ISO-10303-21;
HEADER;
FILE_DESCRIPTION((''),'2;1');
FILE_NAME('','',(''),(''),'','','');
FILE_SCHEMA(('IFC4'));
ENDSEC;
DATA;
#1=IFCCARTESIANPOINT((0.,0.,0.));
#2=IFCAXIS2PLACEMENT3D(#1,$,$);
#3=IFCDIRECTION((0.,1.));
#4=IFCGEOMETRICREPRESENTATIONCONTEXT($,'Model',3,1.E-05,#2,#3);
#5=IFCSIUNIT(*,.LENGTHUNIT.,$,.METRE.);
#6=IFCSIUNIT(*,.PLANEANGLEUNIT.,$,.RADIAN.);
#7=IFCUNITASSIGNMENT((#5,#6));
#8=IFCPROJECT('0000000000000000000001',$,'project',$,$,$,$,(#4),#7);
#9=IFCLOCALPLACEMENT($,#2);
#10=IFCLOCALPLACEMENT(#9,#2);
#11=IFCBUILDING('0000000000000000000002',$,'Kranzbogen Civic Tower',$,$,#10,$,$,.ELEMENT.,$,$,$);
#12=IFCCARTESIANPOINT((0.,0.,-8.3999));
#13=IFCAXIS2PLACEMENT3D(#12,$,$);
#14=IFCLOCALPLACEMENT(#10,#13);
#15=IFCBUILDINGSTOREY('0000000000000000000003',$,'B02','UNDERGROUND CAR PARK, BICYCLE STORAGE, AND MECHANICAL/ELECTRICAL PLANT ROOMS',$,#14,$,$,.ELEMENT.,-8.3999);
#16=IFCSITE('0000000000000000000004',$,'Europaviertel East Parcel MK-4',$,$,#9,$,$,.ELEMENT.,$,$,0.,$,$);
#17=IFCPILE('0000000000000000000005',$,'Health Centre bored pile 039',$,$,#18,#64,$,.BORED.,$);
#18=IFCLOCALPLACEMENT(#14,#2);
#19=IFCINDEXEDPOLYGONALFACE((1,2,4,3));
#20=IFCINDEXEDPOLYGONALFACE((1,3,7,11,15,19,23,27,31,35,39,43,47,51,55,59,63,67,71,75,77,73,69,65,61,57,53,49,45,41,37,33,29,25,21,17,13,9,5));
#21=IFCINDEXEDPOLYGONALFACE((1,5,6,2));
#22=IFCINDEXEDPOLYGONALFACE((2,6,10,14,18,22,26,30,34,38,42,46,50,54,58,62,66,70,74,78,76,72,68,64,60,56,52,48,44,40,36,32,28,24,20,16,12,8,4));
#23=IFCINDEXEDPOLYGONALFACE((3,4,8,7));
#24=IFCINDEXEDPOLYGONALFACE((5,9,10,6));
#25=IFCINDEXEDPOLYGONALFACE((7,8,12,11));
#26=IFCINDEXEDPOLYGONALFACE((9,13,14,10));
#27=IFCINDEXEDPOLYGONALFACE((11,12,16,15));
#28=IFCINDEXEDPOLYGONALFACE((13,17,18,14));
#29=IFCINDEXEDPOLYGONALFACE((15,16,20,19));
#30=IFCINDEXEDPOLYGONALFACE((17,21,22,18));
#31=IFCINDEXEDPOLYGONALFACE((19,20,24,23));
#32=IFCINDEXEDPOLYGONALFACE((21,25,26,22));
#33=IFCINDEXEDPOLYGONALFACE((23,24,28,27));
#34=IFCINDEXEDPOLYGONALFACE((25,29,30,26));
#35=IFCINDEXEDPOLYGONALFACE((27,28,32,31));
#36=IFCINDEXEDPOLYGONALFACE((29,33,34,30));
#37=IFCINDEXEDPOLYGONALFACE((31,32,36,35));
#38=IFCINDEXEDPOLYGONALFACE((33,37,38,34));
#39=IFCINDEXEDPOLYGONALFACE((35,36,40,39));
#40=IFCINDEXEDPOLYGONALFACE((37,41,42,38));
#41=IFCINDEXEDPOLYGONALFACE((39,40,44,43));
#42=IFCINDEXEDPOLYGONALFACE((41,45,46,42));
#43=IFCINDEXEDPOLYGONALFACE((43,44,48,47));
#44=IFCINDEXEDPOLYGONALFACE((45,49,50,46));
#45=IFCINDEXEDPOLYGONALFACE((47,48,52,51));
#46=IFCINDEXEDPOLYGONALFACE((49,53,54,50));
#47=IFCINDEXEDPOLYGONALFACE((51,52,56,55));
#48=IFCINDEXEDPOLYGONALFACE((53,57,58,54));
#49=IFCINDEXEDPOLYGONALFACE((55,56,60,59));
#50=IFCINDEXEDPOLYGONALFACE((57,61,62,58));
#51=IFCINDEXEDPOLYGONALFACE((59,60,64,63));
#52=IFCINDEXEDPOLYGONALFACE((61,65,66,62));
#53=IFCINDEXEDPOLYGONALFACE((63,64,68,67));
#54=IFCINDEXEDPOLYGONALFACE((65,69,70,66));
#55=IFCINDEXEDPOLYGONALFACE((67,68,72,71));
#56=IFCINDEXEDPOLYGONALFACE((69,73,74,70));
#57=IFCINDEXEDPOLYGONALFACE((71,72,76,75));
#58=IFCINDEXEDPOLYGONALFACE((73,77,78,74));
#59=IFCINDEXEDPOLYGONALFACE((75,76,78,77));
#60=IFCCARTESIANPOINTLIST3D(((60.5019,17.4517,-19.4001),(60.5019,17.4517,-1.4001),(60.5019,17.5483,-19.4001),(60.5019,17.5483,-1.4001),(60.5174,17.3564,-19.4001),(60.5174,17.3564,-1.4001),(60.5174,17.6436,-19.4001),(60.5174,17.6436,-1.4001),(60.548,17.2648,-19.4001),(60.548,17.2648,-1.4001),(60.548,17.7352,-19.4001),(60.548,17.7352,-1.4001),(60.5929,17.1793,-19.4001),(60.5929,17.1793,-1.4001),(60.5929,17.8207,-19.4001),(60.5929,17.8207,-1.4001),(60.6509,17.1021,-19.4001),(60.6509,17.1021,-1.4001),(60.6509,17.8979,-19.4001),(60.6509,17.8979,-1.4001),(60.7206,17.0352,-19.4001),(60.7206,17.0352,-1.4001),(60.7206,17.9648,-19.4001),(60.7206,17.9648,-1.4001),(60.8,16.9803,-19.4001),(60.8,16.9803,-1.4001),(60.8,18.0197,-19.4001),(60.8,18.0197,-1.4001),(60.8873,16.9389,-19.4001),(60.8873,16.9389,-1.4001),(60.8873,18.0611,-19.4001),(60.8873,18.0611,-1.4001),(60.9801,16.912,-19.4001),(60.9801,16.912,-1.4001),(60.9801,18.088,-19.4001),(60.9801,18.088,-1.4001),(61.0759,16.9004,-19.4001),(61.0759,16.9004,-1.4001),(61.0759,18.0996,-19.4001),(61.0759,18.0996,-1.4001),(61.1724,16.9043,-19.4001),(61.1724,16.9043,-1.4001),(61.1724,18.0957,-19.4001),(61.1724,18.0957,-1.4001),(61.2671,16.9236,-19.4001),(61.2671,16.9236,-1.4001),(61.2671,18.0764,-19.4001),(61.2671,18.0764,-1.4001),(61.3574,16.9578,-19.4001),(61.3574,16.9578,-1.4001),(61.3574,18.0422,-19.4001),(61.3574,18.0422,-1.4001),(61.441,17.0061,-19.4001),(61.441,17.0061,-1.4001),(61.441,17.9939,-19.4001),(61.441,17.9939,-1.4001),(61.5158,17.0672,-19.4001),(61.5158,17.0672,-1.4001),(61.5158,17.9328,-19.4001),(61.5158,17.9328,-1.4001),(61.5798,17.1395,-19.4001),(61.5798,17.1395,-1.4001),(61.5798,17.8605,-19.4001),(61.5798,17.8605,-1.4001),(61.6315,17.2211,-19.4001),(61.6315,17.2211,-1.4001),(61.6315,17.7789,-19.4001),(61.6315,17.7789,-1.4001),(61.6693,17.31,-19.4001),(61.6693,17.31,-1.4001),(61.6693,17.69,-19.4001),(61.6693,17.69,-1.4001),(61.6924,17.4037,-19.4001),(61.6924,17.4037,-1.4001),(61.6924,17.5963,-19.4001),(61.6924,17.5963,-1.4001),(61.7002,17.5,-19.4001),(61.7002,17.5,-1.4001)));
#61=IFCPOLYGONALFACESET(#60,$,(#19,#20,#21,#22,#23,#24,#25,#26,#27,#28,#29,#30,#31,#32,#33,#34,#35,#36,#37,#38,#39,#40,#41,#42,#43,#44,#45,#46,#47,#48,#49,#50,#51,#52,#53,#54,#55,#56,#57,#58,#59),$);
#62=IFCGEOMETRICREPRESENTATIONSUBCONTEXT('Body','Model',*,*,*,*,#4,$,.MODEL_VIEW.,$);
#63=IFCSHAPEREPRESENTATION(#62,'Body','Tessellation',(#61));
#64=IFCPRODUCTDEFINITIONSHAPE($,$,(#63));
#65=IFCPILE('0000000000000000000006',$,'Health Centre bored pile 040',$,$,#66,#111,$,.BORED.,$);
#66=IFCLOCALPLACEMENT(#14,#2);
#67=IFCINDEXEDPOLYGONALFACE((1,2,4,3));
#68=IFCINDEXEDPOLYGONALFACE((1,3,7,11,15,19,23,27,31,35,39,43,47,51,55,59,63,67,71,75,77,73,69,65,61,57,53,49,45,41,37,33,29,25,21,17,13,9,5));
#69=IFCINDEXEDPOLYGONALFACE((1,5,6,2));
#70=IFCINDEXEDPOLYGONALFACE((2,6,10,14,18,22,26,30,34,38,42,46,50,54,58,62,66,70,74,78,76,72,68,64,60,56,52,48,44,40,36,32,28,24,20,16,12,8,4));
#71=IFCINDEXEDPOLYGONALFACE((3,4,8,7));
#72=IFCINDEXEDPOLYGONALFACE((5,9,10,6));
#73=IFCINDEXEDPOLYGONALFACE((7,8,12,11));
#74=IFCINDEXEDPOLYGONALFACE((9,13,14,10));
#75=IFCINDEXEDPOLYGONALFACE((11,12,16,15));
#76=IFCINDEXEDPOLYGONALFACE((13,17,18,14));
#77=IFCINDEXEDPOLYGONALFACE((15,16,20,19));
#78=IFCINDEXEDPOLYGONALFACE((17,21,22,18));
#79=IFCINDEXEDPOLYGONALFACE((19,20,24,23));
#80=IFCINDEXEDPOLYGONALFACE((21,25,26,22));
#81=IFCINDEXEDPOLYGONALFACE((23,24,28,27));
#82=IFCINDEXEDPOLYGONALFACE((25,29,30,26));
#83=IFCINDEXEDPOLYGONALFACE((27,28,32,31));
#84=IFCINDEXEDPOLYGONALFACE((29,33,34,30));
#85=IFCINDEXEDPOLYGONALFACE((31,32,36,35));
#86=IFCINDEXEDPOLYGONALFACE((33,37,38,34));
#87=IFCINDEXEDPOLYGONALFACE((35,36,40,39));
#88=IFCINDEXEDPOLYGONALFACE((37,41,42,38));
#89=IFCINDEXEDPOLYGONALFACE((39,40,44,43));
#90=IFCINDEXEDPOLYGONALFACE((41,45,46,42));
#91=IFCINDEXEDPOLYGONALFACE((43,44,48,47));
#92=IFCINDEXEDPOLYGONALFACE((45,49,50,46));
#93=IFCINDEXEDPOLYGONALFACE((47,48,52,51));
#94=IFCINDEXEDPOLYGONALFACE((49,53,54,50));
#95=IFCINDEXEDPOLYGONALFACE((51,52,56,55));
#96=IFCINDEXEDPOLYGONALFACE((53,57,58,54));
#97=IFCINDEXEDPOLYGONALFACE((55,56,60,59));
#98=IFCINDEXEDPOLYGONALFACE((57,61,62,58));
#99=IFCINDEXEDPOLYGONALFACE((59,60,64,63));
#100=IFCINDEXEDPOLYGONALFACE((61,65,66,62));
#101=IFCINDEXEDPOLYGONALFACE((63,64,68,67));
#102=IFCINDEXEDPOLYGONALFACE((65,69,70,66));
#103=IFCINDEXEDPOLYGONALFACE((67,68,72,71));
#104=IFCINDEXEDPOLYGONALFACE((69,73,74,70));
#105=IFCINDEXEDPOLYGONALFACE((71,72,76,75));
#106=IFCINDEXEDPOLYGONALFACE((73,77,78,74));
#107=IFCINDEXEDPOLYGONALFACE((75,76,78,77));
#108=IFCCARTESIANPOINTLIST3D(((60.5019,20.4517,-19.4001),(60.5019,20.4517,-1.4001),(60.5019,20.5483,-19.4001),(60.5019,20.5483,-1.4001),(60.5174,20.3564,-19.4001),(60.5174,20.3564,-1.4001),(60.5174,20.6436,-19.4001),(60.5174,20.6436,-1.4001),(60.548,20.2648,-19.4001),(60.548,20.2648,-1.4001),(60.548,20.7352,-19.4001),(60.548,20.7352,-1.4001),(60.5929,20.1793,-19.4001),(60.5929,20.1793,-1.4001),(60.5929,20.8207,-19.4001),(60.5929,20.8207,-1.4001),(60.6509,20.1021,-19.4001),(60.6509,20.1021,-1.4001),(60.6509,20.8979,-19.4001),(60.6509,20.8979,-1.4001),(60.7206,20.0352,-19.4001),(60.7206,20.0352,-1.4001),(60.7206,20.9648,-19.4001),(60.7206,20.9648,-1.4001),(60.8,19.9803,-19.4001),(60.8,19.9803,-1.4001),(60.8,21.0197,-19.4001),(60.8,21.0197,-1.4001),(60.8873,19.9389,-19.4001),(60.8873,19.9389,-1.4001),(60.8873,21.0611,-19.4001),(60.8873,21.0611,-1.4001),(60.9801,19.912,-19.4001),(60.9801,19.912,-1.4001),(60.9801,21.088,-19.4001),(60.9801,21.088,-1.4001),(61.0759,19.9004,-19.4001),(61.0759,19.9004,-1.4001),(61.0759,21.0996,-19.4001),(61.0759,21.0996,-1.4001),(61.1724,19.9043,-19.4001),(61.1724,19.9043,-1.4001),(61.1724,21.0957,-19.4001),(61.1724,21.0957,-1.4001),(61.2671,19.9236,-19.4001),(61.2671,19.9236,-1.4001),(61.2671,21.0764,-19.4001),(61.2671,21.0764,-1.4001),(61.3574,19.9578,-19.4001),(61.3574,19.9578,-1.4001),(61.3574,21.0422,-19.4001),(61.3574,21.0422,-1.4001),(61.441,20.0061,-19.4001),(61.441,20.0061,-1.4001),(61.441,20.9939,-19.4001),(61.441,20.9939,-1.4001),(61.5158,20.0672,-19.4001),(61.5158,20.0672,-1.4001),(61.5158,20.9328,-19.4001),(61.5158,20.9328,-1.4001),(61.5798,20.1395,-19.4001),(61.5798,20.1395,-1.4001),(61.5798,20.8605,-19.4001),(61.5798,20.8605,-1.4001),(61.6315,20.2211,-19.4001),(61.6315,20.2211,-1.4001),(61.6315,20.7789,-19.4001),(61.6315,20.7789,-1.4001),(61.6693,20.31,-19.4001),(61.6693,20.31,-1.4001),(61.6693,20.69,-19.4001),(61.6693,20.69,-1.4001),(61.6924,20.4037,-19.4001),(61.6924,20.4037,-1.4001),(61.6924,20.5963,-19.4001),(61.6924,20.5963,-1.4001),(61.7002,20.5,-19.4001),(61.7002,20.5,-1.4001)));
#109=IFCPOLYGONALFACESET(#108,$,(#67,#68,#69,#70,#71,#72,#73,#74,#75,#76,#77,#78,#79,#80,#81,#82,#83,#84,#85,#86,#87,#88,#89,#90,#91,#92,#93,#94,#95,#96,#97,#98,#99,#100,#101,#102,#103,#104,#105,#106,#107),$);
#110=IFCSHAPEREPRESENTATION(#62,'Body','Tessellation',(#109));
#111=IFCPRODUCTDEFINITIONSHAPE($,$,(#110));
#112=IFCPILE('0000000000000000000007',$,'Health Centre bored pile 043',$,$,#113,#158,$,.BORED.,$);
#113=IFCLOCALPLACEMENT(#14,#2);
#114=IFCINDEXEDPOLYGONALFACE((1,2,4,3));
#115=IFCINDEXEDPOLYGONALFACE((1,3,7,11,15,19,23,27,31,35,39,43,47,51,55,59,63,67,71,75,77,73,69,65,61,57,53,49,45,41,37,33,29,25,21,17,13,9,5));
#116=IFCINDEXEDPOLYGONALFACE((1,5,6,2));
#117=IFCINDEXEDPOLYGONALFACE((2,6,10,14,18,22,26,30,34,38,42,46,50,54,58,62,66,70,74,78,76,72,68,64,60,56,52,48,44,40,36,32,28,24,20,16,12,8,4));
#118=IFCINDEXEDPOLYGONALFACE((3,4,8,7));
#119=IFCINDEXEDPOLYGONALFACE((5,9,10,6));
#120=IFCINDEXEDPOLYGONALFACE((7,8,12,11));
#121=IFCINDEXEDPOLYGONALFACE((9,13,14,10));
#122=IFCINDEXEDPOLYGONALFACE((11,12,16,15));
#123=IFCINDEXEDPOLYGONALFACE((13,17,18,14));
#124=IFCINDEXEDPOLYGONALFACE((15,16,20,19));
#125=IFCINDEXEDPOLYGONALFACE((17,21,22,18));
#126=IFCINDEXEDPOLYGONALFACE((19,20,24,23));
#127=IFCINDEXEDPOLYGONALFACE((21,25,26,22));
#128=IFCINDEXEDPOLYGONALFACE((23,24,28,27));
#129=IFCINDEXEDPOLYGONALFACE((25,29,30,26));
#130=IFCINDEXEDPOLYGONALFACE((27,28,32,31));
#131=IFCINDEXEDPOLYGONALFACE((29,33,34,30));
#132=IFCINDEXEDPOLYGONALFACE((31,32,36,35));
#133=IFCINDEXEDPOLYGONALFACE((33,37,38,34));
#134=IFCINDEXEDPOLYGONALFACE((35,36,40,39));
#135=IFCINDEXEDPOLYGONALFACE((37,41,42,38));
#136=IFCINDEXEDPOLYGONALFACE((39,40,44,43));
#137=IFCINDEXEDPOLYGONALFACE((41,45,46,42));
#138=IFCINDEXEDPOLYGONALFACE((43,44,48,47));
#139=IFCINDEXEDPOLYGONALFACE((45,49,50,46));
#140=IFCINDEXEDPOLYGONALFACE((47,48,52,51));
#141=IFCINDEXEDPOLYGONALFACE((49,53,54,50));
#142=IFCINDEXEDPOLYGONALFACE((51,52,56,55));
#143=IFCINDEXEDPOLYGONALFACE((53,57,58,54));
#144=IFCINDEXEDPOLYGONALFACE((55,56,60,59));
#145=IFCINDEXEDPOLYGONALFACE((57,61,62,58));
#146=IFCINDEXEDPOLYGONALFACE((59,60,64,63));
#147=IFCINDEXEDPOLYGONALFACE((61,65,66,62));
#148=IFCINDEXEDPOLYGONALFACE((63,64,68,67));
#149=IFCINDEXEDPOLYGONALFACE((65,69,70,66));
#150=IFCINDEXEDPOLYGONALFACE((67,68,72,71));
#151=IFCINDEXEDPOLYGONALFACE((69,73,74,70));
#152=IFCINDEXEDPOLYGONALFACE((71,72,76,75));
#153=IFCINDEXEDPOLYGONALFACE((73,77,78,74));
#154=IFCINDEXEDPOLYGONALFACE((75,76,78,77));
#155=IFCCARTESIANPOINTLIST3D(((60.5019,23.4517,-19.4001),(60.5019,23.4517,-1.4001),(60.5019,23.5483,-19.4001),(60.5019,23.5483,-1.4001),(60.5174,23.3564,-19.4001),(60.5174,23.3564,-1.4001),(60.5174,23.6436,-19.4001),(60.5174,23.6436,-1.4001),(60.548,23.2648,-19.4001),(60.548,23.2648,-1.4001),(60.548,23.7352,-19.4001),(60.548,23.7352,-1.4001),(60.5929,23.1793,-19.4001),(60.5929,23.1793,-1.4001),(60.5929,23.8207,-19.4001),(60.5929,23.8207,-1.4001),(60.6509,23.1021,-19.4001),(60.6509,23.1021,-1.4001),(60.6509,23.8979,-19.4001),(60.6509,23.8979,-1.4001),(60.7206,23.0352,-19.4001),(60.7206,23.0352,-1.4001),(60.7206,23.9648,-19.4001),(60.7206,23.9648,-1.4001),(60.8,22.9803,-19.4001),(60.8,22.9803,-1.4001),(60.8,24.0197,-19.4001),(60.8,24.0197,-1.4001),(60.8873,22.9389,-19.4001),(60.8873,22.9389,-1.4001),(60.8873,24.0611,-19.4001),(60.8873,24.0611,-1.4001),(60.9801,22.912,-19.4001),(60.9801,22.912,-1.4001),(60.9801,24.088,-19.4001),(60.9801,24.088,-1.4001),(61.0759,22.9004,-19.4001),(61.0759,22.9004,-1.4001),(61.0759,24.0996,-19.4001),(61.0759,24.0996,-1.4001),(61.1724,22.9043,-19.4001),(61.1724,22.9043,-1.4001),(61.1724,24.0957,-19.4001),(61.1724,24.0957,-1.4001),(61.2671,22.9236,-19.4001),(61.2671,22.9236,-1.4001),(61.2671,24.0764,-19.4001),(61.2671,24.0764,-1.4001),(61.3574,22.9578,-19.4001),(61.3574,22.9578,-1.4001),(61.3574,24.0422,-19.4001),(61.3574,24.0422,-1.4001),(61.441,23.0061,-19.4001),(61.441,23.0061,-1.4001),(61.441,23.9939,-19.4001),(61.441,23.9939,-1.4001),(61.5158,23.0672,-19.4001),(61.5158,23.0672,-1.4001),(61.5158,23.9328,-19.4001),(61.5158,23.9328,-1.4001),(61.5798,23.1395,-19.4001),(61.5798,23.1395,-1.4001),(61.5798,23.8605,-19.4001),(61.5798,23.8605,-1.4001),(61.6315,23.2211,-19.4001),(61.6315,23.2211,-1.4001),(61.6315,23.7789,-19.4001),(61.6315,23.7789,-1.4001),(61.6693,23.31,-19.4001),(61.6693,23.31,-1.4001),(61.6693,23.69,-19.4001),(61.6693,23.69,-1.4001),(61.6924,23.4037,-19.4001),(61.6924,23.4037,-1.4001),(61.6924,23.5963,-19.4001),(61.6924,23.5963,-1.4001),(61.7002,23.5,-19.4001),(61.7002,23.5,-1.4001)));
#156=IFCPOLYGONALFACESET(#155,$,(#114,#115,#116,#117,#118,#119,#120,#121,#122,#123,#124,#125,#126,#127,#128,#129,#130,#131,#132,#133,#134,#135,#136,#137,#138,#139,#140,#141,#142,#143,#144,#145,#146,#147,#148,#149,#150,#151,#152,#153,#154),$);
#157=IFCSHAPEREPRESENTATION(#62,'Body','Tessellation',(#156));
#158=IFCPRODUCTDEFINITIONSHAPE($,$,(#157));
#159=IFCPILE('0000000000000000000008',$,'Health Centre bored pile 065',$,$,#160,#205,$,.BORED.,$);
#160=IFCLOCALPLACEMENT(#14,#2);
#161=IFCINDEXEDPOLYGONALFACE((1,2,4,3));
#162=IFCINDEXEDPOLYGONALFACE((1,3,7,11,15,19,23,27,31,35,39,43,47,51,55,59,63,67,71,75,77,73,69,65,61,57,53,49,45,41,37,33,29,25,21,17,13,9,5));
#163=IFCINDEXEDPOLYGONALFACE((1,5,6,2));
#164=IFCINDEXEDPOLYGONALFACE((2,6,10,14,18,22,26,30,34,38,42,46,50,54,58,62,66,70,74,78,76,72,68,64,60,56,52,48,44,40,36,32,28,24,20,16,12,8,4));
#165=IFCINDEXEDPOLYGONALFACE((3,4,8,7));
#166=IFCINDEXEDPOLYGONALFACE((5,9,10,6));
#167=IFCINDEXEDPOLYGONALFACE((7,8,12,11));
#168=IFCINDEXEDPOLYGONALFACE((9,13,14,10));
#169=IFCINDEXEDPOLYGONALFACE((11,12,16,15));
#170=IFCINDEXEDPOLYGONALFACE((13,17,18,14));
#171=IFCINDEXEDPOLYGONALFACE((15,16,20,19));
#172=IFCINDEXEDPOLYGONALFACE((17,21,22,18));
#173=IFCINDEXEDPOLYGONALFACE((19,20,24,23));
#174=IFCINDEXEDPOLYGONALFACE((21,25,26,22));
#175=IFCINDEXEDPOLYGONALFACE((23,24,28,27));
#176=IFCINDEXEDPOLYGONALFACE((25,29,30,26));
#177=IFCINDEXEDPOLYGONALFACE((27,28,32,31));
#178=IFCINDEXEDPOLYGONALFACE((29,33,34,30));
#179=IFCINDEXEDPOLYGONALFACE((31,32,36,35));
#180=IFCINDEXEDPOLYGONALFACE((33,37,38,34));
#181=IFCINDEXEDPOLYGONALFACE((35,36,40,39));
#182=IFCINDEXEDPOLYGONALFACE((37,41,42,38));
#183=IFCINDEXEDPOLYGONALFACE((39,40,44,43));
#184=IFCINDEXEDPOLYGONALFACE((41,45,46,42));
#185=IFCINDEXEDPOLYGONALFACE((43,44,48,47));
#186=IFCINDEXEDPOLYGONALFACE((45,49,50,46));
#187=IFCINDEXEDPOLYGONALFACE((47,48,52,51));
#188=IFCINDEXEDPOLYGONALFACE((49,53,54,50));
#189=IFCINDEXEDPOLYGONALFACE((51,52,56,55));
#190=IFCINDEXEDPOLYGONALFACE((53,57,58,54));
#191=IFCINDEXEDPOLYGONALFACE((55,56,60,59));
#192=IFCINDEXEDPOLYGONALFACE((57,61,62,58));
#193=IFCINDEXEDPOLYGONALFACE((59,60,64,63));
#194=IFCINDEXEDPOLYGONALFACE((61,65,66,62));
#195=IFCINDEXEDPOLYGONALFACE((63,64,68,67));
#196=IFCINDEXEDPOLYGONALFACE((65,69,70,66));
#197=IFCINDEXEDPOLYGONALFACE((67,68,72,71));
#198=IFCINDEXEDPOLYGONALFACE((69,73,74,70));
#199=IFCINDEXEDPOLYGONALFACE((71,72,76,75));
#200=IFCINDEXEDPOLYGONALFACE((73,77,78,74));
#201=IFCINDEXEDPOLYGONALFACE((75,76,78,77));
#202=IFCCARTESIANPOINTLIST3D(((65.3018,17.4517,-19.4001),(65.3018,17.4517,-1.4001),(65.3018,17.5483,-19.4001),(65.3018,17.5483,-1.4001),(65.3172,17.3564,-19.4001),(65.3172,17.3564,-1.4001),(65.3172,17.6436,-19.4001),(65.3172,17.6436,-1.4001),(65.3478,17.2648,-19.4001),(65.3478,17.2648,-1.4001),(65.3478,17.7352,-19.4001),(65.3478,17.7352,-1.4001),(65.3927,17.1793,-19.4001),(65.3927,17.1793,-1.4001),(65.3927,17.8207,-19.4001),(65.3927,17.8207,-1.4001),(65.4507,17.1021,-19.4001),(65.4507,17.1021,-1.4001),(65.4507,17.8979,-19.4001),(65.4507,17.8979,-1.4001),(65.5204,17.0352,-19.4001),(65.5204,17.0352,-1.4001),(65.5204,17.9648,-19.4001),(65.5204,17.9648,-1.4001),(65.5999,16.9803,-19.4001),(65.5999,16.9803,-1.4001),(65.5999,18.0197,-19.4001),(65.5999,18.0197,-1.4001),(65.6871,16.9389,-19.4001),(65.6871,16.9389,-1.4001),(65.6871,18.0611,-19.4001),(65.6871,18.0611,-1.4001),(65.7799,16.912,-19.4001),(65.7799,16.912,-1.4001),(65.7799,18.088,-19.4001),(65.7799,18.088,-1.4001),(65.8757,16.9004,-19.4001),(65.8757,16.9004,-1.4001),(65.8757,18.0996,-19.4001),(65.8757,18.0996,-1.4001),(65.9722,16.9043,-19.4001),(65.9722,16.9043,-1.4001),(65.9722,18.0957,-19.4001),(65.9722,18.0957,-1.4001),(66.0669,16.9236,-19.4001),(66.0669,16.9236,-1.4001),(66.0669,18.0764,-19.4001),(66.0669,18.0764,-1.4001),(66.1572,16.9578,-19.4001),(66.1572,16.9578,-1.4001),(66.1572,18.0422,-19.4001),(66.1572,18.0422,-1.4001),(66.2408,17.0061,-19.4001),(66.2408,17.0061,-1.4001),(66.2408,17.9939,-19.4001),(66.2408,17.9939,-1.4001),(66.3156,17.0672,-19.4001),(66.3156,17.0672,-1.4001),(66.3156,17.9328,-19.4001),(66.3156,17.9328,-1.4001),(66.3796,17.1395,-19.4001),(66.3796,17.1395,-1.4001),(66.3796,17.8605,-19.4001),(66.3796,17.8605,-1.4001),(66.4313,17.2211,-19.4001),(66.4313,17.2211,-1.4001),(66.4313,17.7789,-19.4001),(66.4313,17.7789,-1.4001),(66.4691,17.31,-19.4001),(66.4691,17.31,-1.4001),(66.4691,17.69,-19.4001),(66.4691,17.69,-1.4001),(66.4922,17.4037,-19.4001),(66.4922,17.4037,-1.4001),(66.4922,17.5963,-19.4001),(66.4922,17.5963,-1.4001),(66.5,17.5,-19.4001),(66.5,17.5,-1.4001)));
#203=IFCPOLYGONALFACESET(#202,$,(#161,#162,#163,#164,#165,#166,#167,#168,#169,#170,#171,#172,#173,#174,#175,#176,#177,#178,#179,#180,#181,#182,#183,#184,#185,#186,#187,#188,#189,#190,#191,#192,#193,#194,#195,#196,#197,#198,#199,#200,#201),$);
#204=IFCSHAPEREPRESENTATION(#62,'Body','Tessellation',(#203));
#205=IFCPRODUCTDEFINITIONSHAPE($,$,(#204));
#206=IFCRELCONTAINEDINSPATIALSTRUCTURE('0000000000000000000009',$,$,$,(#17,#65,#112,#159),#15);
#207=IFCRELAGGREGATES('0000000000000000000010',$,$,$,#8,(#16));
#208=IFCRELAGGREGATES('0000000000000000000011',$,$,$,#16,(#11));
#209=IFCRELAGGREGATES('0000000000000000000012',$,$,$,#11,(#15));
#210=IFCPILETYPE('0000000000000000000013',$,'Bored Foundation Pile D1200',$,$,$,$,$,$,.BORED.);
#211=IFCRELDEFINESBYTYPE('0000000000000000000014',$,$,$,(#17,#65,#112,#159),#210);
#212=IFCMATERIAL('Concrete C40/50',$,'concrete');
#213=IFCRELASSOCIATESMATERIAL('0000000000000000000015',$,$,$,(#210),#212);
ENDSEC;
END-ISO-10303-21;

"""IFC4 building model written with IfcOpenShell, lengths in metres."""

from ifc_helpers import new_model, si_unit, direction, frame, origin, origin_2d, place, context, subcontext, project, spatial, circle, extrude, material, material_profile, profile_set, type_object, element, save


model = new_model("IFC4")

# Units and contexts
model_context = context("Model", 3, precision=1e-05, world=origin(), true_north=direction((0.0, 1.0)))
body_context = subcontext(model_context, "Body", "Model", "MODEL_VIEW")
ifc_project = project(units=[si_unit("LENGTHUNIT", "METRE"), si_unit("PLANEANGLEUNIT", "RADIAN")], contexts=[model_context])

# Site, building, storey
site_placement = place(None, origin())
site = spatial("IfcSite", under=ifc_project, at=site_placement, Name="Europaviertel East Parcel MK-4", CompositionType="ELEMENT", RefElevation=0.0)
building_placement = place(site_placement, origin())
building = spatial("IfcBuilding", under=site, at=building_placement, Name="Kranzbogen Civic Tower", CompositionType="ELEMENT")
storey_placement = place(building_placement, frame((0.0, 0.0, -8.3999)))
storey = spatial("IfcBuildingStorey", under=building, at=storey_placement, Name="B02", Description="UNDERGROUND CAR PARK, BICYCLE STORAGE, AND MECHANICAL/ELECTRICAL PLANT ROOMS", CompositionType="ELEMENT", Elevation=-8.3999)

# Piles
ifc_material_1 = material(Name="Concrete C40/50", Category="concrete")
ifc_material_profile_1 = material_profile(ifc_material_1, circle(Radius=0.6001, at=origin_2d()), Name="PILE D1200")
ifc_profile_set_1 = profile_set([ifc_material_profile_1], Name="Concrete C40/50")
pile_type_1 = type_object("IfcPileType", Name="Bored Foundation Pile D1200", PredefinedType="BORED", material=ifc_profile_set_1)
for number, where, z_axis, x_axis, name in (
    (1, (61.1001, 17.5, -1.4001), (0.0, 0.0, -1.0), (1.0, 0.0, 0.0), "Health Centre bored pile 039"),
    (2, (61.1001, 20.5, -1.4001), (0.0, 0.0, -1.0), (1.0, 0.0, 0.0), "Health Centre bored pile 040"),
    (3, (61.1001, 23.5, -1.4001), (0.0, 0.0, -1.0), (1.0, 0.0, 0.0), "Health Centre bored pile 043"),
    (4, (65.8999, 17.5, -1.4001), (0.0, 0.0, -1.0), (1.0, 0.0, 0.0), "Health Centre bored pile 065"),
):
    element("IfcPile", number, at=place(storey_placement, frame(where, z_axis=z_axis, x_axis=x_axis)), inside=storey, type_object=pile_type_1, Name=name, PredefinedType="BORED", context=body_context, shape_type="SweptSolid", body=[
        extrude(circle(Radius=0.6001, at=origin_2d()), origin(), (0.0, 0.0, 1.0), 18.0),
    ])

save(model, "model.ifc")
